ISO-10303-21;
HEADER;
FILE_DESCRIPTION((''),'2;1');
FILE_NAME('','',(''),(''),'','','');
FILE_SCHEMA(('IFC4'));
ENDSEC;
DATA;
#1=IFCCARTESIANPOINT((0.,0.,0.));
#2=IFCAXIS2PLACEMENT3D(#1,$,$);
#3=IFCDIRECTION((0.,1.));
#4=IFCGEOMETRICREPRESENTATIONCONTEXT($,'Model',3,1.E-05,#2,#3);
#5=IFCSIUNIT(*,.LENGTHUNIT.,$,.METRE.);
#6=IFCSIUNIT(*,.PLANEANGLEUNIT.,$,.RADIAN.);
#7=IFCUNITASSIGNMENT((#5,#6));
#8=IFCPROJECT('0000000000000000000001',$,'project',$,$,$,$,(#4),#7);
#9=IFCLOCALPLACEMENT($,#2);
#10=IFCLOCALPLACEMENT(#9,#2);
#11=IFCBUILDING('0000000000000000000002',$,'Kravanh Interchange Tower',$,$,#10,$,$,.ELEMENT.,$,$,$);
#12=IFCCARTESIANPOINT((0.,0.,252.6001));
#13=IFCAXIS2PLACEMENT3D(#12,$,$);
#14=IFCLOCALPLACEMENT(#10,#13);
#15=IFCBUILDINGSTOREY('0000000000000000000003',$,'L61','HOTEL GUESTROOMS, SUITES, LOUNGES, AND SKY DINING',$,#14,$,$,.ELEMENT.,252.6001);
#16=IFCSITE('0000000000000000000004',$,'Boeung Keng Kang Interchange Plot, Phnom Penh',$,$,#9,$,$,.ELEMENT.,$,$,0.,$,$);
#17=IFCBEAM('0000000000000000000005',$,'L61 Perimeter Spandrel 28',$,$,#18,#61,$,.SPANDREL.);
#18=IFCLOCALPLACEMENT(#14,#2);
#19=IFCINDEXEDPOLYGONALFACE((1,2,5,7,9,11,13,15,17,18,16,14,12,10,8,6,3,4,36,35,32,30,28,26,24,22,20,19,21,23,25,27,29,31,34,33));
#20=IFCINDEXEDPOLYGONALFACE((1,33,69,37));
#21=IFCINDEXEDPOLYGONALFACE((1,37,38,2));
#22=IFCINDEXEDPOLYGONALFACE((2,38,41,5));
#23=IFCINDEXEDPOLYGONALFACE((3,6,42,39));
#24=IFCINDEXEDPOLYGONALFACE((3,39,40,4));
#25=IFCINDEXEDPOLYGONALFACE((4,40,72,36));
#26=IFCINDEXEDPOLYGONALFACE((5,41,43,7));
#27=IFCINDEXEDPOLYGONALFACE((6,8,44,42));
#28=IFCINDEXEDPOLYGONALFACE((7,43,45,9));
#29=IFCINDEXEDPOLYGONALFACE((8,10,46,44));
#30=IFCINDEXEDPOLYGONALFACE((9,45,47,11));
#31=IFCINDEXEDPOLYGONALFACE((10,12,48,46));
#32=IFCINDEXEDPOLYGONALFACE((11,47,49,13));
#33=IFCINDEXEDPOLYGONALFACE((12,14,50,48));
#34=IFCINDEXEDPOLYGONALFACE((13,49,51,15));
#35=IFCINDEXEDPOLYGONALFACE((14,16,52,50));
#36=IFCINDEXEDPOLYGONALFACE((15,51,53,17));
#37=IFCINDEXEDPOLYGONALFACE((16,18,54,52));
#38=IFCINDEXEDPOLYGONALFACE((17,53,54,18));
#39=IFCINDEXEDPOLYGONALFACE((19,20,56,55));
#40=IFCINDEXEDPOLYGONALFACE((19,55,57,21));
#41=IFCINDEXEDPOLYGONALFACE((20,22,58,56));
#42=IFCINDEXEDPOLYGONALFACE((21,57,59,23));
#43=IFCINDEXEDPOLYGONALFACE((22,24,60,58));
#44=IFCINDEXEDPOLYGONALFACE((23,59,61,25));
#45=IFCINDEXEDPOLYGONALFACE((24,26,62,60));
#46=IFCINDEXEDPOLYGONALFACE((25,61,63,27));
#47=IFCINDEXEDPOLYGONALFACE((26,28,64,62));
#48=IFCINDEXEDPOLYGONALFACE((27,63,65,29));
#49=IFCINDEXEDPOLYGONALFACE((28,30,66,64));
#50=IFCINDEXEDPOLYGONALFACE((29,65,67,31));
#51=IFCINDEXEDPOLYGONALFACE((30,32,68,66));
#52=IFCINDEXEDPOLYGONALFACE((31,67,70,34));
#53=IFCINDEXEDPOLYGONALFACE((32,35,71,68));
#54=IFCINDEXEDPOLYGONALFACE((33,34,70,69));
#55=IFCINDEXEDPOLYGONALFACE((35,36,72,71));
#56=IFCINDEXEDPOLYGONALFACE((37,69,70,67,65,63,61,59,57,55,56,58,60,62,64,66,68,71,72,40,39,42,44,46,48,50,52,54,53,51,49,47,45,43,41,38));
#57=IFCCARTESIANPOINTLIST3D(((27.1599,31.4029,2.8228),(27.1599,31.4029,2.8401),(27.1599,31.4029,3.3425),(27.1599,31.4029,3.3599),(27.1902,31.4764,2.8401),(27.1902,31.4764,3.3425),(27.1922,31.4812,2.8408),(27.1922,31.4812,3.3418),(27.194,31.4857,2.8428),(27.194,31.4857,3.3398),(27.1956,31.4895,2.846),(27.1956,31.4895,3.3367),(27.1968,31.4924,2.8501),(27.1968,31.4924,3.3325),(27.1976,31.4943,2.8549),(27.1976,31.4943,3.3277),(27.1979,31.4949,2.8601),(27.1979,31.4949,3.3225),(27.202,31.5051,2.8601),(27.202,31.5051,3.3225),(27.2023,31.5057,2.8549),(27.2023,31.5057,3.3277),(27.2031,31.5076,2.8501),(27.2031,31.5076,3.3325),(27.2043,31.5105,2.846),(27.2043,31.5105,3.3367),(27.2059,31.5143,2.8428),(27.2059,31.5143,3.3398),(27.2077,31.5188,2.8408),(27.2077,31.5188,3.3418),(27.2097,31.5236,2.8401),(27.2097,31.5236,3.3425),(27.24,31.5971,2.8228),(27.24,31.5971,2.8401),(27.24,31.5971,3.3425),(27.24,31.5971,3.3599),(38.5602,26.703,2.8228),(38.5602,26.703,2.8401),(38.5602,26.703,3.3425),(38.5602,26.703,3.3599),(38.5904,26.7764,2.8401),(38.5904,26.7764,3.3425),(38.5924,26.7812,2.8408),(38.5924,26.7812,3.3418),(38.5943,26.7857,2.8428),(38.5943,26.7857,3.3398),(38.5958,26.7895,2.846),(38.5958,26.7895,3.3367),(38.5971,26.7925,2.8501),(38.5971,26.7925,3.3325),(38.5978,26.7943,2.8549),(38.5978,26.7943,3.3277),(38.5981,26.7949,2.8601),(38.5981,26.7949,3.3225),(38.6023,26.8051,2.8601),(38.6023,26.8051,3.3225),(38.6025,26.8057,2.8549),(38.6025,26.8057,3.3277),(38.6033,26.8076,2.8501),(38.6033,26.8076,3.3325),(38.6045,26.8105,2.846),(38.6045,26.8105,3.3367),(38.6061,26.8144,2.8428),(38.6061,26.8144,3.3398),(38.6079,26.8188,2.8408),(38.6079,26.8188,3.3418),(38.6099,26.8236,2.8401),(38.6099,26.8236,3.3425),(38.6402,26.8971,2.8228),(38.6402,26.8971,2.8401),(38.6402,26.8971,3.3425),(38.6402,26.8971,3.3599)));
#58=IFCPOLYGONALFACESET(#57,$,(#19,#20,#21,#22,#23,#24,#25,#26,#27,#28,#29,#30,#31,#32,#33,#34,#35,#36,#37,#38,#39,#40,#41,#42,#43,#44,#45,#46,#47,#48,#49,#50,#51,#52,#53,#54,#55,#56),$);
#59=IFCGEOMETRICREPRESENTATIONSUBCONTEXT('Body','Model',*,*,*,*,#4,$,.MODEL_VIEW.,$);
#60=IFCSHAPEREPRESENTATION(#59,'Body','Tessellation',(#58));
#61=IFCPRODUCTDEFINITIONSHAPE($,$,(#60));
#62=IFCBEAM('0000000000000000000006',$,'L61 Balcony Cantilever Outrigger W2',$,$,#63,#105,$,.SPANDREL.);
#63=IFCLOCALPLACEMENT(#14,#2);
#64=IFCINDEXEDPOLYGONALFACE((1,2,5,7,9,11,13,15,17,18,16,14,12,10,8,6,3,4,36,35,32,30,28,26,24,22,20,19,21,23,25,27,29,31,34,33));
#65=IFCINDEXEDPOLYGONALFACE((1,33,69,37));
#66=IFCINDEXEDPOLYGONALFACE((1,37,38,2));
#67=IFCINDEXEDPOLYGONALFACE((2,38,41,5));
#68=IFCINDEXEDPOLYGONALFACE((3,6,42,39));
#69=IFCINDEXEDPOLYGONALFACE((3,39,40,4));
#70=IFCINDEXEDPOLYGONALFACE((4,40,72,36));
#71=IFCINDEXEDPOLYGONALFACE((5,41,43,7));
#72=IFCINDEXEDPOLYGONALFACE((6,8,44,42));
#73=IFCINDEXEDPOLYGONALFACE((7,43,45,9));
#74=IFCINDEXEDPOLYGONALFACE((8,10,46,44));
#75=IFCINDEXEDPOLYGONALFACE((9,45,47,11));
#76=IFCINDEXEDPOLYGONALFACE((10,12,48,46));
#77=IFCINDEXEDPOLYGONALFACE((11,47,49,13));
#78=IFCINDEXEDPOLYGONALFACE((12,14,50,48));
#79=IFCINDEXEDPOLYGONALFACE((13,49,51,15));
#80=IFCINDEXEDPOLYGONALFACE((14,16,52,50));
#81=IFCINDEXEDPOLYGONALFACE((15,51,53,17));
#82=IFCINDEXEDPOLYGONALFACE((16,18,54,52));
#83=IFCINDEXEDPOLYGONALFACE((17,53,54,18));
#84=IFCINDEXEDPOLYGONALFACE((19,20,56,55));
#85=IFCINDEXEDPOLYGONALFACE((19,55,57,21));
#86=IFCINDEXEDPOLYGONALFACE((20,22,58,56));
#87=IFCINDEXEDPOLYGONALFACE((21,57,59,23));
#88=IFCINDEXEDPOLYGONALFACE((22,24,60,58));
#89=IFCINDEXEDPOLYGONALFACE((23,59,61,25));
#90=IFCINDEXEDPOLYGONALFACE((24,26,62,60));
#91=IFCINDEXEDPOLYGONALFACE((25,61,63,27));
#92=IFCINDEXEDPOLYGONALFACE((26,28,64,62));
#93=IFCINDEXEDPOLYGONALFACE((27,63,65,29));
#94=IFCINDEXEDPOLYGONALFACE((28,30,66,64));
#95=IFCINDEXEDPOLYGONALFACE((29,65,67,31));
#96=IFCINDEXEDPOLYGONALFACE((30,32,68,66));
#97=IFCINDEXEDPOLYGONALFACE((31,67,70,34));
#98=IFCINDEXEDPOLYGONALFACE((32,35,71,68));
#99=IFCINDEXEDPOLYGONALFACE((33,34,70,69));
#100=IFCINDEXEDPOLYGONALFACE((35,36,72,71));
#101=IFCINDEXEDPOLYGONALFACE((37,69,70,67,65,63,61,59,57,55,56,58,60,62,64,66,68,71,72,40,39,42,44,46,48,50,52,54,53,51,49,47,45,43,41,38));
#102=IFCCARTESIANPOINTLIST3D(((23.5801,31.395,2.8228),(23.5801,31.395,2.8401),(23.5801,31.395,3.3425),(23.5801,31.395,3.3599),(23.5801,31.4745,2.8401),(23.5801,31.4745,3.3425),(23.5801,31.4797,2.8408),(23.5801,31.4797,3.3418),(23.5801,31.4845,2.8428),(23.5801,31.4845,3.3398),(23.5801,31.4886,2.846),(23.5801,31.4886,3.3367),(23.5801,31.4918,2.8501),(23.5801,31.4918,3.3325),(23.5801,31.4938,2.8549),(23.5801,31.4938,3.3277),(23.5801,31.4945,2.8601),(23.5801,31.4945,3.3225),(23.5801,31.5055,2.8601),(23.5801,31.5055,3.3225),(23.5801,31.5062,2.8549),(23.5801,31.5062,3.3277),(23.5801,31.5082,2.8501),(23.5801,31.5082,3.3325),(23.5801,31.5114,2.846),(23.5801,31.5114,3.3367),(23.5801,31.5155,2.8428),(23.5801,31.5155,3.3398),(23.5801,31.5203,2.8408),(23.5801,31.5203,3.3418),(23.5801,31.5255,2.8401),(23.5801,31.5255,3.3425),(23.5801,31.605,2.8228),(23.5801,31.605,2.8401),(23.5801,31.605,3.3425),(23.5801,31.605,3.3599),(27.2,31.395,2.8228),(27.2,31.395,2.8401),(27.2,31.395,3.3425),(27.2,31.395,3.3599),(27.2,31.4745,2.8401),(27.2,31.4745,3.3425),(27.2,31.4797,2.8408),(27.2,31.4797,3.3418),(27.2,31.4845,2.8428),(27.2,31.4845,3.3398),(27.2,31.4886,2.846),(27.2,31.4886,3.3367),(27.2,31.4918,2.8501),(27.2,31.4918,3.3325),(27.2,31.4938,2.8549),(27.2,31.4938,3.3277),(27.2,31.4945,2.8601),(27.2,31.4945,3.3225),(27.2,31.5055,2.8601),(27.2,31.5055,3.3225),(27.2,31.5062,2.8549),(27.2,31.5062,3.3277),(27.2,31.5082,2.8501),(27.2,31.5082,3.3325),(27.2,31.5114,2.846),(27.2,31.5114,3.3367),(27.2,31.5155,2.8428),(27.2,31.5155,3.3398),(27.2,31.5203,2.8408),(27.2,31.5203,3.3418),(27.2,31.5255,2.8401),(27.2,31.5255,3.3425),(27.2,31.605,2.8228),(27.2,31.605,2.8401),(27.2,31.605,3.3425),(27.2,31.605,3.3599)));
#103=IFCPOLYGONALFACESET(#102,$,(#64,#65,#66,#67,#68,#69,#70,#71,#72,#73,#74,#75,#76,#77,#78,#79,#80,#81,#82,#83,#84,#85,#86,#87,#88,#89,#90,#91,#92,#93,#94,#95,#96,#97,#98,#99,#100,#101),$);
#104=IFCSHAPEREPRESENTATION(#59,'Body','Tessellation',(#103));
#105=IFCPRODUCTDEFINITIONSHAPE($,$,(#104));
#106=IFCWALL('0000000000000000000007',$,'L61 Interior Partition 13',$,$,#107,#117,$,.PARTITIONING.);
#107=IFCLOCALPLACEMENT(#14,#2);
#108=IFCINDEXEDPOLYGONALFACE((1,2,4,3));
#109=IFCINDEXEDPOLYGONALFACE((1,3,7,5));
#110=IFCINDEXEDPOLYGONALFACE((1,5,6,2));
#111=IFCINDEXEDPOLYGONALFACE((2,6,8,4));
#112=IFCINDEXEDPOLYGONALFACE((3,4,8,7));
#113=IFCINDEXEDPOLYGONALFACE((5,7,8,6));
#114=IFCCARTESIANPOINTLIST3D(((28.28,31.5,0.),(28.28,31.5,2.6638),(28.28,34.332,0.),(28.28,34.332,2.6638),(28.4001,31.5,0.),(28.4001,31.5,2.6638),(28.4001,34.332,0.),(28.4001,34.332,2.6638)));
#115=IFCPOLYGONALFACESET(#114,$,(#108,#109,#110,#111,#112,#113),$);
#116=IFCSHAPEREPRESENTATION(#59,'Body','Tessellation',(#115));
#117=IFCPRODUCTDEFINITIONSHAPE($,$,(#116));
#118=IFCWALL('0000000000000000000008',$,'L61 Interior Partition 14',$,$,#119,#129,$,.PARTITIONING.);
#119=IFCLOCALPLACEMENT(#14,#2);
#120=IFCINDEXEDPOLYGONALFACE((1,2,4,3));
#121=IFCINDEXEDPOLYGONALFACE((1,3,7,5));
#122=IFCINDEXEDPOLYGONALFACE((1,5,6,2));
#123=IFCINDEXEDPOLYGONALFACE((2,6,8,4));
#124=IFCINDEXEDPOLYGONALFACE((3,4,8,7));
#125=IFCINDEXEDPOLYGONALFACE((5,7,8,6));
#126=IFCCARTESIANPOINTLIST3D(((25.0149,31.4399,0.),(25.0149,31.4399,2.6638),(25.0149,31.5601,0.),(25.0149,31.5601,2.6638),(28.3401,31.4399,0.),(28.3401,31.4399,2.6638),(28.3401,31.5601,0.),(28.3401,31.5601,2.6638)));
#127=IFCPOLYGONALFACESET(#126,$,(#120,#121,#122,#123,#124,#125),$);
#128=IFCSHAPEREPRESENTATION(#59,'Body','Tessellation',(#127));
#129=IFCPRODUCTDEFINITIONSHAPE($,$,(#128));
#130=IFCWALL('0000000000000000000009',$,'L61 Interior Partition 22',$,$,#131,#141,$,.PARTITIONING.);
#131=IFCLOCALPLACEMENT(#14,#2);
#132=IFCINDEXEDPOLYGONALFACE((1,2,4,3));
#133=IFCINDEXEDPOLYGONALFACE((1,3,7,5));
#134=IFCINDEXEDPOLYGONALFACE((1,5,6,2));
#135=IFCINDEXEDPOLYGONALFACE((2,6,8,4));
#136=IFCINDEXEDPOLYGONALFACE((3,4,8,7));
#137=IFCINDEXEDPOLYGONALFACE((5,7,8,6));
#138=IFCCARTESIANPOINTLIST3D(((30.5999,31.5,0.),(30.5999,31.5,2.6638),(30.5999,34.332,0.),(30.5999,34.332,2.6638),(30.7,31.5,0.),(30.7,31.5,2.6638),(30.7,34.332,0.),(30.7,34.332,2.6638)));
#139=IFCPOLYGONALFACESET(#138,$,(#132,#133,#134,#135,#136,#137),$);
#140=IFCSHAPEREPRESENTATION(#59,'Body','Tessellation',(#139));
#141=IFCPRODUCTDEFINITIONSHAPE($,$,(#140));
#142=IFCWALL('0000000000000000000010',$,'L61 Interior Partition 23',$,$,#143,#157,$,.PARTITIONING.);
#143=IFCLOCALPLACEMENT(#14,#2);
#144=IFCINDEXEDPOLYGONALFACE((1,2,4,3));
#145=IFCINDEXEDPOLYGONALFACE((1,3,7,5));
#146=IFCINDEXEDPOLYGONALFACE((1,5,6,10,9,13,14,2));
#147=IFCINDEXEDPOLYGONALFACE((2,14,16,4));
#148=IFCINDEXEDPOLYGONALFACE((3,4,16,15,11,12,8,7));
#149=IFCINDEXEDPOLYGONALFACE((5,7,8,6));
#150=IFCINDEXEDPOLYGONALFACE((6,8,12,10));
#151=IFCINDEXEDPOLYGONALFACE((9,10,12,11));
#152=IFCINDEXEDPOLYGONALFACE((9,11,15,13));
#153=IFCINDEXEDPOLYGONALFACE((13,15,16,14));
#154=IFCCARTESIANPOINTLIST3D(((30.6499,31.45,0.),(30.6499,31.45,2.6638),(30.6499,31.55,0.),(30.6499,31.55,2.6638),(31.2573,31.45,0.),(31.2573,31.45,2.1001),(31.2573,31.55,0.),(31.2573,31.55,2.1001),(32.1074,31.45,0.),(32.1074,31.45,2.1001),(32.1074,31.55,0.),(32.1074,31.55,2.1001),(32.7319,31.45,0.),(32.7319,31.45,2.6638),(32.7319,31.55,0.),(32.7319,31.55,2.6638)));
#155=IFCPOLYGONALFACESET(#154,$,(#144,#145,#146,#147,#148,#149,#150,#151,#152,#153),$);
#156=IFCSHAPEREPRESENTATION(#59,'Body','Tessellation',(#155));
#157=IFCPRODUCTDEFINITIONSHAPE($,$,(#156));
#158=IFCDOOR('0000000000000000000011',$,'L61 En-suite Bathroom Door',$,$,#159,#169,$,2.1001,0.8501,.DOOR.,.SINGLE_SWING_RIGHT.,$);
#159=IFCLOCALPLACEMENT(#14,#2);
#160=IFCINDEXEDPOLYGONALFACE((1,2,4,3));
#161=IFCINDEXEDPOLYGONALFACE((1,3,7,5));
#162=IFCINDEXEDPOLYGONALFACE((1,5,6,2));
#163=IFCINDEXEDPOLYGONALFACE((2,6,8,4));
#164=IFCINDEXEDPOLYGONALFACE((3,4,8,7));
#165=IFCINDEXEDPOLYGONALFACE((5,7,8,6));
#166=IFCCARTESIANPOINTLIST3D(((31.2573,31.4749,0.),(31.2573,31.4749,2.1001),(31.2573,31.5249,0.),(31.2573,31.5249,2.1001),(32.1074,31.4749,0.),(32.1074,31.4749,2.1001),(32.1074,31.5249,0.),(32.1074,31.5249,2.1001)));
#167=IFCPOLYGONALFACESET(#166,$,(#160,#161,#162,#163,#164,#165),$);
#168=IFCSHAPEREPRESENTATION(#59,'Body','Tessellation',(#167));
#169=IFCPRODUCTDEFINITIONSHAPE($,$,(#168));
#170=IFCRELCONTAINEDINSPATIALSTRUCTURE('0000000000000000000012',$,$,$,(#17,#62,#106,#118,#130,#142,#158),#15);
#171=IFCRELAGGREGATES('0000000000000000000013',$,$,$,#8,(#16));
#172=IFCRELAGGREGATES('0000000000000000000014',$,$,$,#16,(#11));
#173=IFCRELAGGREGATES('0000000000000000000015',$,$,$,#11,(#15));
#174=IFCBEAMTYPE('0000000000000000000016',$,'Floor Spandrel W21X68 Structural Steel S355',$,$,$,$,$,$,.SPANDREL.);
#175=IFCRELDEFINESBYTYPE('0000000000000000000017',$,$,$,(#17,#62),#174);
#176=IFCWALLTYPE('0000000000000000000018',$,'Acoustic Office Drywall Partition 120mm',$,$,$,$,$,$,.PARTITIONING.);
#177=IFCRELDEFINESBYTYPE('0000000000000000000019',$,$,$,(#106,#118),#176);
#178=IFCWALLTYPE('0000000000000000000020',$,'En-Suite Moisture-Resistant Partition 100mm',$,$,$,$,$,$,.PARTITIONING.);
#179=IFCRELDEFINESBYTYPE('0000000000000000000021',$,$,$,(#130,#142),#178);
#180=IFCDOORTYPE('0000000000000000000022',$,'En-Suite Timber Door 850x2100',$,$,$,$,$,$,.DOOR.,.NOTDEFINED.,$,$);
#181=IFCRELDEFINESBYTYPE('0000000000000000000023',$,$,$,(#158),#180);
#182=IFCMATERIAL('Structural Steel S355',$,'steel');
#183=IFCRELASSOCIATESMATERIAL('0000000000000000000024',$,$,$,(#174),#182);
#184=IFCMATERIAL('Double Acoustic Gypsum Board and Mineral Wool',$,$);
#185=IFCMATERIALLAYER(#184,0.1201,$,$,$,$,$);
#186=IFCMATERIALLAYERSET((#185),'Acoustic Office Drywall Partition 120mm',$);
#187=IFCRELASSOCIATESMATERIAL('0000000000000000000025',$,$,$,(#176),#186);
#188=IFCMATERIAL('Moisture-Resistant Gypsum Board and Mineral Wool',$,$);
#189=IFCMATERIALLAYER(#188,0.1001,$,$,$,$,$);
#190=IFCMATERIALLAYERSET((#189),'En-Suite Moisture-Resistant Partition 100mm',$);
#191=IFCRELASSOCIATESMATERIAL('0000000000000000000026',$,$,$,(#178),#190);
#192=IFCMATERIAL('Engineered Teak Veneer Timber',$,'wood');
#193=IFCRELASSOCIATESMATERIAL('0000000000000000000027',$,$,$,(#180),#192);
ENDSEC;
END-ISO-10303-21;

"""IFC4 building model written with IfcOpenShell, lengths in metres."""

from ifc_helpers import new_model, si_unit, direction, frame, frame_2d, origin, origin_2d, place, context, subcontext, project, spatial, rectangle, i_section, extrude, material, layer, layer_set, material_profile, profile_set, type_object, element, fill, save


model = new_model("IFC4")

# Units and contexts
model_context = context("Model", 3, precision=1e-05, world=origin(), true_north=direction((0.0, 1.0)))
body_context = subcontext(model_context, "Body", "Model", "MODEL_VIEW")
ifc_project = project(units=[si_unit("LENGTHUNIT", "METRE"), si_unit("PLANEANGLEUNIT", "RADIAN")], contexts=[model_context])

# Site, building, storey
site_placement = place(None, origin())
site = spatial("IfcSite", under=ifc_project, at=site_placement, Name="Boeung Keng Kang Interchange Plot, Phnom Penh", CompositionType="ELEMENT", RefElevation=0.0)
building_placement = place(site_placement, origin())
building = spatial("IfcBuilding", under=site, at=building_placement, Name="Kravanh Interchange Tower", CompositionType="ELEMENT")
storey_placement = place(building_placement, frame((0.0, 0.0, 252.6001)))
storey = spatial("IfcBuildingStorey", under=building, at=storey_placement, Name="L61", Description="HOTEL GUESTROOMS, SUITES, LOUNGES, AND SKY DINING", CompositionType="ELEMENT", Elevation=252.6001)

# Beams
ifc_material_1 = material(Name="Structural Steel S355", Category="steel")
ifc_material_profile_1 = material_profile(ifc_material_1, i_section(OverallWidth=0.21, OverallDepth=0.5371, WebThickness=0.011, FlangeThickness=0.0173, FilletRadius=0.02, at=origin_2d()), Name="W21X68")
ifc_profile_set_1 = profile_set([ifc_material_profile_1], Name="Structural Steel S355")
beam_type_1 = type_object("IfcBeamType", Name="Floor Spandrel W21X68 Structural Steel S355", PredefinedType="SPANDREL", material=ifc_profile_set_1)
beam_1_placement = place(storey_placement, frame((27.2, 31.5, 3.0913), z_axis=(0.924513, -0.38115, 0.0), x_axis=(0.38115, 0.924513, 0.0)))
element("IfcBeam", 1, at=beam_1_placement, inside=storey, type_object=beam_type_1, Name="L61 Perimeter Spandrel 28", PredefinedType="SPANDREL", context=body_context, shape_type="SweptSolid", body=[
    extrude(i_section(OverallWidth=0.21, OverallDepth=0.5371, WebThickness=0.011, FlangeThickness=0.0173, FilletRadius=0.02, at=origin_2d()), origin(), (0.0, 0.0, 1.0), 12.3311),
])
beam_2_placement = place(storey_placement, frame((27.2, 31.5, 3.0913), z_axis=(-1.0, 0.0, 0.0), x_axis=(0.0, -1.0, 0.0)))
element("IfcBeam", 2, at=beam_2_placement, inside=storey, type_object=beam_type_1, Name="L61 Balcony Cantilever Outrigger W2", PredefinedType="SPANDREL", context=body_context, shape_type="SweptSolid", body=[
    extrude(i_section(OverallWidth=0.21, OverallDepth=0.5371, WebThickness=0.011, FlangeThickness=0.0173, FilletRadius=0.02, at=origin_2d()), origin(), (0.0, 0.0, 1.0), 3.6199),
])

# Walls
ifc_material_2 = material(Name="Double Acoustic Gypsum Board and Mineral Wool")
ifc_layer_1 = layer(ifc_material_2, 0.1201)
ifc_layer_set_1 = layer_set([ifc_layer_1], Name="Acoustic Office Drywall Partition 120mm")
wall_type_1 = type_object("IfcWallType", Name="Acoustic Office Drywall Partition 120mm", PredefinedType="PARTITIONING", material=ifc_layer_set_1)
wall_1_placement = place(storey_placement, frame((28.3401, 31.5, 0.0), z_axis=(0.0, 0.0, 1.0), x_axis=(0.0, 1.0, 0.0)))
element("IfcWall", 3, at=wall_1_placement, inside=storey, type_object=wall_type_1, Name="L61 Interior Partition 13", PredefinedType="PARTITIONING", context=body_context, shape_type="SweptSolid", body=[
    extrude(rectangle(XDim=2.832, YDim=0.1201, at=frame_2d((1.416, 0.0))), origin(), (0.0, 0.0, 1.0), 2.6638),
])
wall_2_placement = place(storey_placement, frame((25.0149, 31.5, 0.0), z_axis=(0.0, 0.0, 1.0), x_axis=(1.0, 0.0, 0.0)))
element("IfcWall", 4, at=wall_2_placement, inside=storey, type_object=wall_type_1, Name="L61 Interior Partition 14", PredefinedType="PARTITIONING", context=body_context, shape_type="SweptSolid", body=[
    extrude(rectangle(XDim=3.3252, YDim=0.1201, at=frame_2d((1.6626, 0.0))), origin(), (0.0, 0.0, 1.0), 2.6638),
])
ifc_material_3 = material(Name="Moisture-Resistant Gypsum Board and Mineral Wool")
ifc_layer_2 = layer(ifc_material_3, 0.1001)
ifc_layer_set_2 = layer_set([ifc_layer_2], Name="En-Suite Moisture-Resistant Partition 100mm")
wall_type_2 = type_object("IfcWallType", Name="En-Suite Moisture-Resistant Partition 100mm", PredefinedType="PARTITIONING", material=ifc_layer_set_2)
wall_3_placement = place(storey_placement, frame((30.6499, 31.5, 0.0), z_axis=(0.0, 0.0, 1.0), x_axis=(0.0, 1.0, 0.0)))
element("IfcWall", 5, at=wall_3_placement, inside=storey, type_object=wall_type_2, Name="L61 Interior Partition 22", PredefinedType="PARTITIONING", context=body_context, shape_type="SweptSolid", body=[
    extrude(rectangle(XDim=2.832, YDim=0.1001, at=frame_2d((1.416, 0.0))), origin(), (0.0, 0.0, 1.0), 2.6638),
])

# Wall, opening, door
wall_4_placement = place(storey_placement, frame((30.6499, 31.5, 0.0), z_axis=(0.0, 0.0, 1.0), x_axis=(1.0, 0.0, 0.0)))
wall_4 = element("IfcWall", 6, at=wall_4_placement, inside=storey, type_object=wall_type_2, Name="L61 Interior Partition 23", PredefinedType="PARTITIONING", context=body_context, shape_type="SweptSolid", body=[
    extrude(rectangle(XDim=2.082, YDim=0.1001, at=frame_2d((1.041, 0.0))), origin(), (0.0, 0.0, 1.0), 2.6638),
])
opening_placement = place(wall_4_placement, frame((0.6074, 0.0, 0.0)))
opening = element("IfcOpeningElement", 7, at=opening_placement, cuts=wall_4, PredefinedType="OPENING", context=body_context, shape_type="SweptSolid", body=[
    extrude(rectangle(XDim=0.8501, YDim=2.1001, at=frame_2d((0.425, 1.05))), frame((0.0, 0.0601, 0.0), z_axis=(0.0, -1.0, 0.0), x_axis=(1.0, 0.0, 0.0)), (0.0, 0.0, 1.0), 0.1201),
])
ifc_material_4 = material(Name="Engineered Teak Veneer Timber", Category="wood")
door_type = type_object("IfcDoorType", Name="En-Suite Timber Door 850x2100", OperationType="NOTDEFINED", PredefinedType="DOOR", material=ifc_material_4)
door_placement = place(opening_placement, origin())
door = element("IfcDoor", 8, at=door_placement, inside=storey, type_object=door_type, Name="L61 En-suite Bathroom Door", OperationType="SINGLE_SWING_RIGHT", OverallHeight=2.1001, OverallWidth=0.8501, PredefinedType="DOOR", context=body_context, shape_type="SweptSolid", body=[
    extrude(rectangle(XDim=0.8501, YDim=2.1001, at=frame_2d((0.425, 1.05))), frame((0.0, 0.0249, 0.0), z_axis=(0.0, -1.0, 0.0), x_axis=(1.0, 0.0, 0.0)), (0.0, 0.0, 1.0), 0.05),
])
fill(opening, door)

save(model, "model.ifc")
